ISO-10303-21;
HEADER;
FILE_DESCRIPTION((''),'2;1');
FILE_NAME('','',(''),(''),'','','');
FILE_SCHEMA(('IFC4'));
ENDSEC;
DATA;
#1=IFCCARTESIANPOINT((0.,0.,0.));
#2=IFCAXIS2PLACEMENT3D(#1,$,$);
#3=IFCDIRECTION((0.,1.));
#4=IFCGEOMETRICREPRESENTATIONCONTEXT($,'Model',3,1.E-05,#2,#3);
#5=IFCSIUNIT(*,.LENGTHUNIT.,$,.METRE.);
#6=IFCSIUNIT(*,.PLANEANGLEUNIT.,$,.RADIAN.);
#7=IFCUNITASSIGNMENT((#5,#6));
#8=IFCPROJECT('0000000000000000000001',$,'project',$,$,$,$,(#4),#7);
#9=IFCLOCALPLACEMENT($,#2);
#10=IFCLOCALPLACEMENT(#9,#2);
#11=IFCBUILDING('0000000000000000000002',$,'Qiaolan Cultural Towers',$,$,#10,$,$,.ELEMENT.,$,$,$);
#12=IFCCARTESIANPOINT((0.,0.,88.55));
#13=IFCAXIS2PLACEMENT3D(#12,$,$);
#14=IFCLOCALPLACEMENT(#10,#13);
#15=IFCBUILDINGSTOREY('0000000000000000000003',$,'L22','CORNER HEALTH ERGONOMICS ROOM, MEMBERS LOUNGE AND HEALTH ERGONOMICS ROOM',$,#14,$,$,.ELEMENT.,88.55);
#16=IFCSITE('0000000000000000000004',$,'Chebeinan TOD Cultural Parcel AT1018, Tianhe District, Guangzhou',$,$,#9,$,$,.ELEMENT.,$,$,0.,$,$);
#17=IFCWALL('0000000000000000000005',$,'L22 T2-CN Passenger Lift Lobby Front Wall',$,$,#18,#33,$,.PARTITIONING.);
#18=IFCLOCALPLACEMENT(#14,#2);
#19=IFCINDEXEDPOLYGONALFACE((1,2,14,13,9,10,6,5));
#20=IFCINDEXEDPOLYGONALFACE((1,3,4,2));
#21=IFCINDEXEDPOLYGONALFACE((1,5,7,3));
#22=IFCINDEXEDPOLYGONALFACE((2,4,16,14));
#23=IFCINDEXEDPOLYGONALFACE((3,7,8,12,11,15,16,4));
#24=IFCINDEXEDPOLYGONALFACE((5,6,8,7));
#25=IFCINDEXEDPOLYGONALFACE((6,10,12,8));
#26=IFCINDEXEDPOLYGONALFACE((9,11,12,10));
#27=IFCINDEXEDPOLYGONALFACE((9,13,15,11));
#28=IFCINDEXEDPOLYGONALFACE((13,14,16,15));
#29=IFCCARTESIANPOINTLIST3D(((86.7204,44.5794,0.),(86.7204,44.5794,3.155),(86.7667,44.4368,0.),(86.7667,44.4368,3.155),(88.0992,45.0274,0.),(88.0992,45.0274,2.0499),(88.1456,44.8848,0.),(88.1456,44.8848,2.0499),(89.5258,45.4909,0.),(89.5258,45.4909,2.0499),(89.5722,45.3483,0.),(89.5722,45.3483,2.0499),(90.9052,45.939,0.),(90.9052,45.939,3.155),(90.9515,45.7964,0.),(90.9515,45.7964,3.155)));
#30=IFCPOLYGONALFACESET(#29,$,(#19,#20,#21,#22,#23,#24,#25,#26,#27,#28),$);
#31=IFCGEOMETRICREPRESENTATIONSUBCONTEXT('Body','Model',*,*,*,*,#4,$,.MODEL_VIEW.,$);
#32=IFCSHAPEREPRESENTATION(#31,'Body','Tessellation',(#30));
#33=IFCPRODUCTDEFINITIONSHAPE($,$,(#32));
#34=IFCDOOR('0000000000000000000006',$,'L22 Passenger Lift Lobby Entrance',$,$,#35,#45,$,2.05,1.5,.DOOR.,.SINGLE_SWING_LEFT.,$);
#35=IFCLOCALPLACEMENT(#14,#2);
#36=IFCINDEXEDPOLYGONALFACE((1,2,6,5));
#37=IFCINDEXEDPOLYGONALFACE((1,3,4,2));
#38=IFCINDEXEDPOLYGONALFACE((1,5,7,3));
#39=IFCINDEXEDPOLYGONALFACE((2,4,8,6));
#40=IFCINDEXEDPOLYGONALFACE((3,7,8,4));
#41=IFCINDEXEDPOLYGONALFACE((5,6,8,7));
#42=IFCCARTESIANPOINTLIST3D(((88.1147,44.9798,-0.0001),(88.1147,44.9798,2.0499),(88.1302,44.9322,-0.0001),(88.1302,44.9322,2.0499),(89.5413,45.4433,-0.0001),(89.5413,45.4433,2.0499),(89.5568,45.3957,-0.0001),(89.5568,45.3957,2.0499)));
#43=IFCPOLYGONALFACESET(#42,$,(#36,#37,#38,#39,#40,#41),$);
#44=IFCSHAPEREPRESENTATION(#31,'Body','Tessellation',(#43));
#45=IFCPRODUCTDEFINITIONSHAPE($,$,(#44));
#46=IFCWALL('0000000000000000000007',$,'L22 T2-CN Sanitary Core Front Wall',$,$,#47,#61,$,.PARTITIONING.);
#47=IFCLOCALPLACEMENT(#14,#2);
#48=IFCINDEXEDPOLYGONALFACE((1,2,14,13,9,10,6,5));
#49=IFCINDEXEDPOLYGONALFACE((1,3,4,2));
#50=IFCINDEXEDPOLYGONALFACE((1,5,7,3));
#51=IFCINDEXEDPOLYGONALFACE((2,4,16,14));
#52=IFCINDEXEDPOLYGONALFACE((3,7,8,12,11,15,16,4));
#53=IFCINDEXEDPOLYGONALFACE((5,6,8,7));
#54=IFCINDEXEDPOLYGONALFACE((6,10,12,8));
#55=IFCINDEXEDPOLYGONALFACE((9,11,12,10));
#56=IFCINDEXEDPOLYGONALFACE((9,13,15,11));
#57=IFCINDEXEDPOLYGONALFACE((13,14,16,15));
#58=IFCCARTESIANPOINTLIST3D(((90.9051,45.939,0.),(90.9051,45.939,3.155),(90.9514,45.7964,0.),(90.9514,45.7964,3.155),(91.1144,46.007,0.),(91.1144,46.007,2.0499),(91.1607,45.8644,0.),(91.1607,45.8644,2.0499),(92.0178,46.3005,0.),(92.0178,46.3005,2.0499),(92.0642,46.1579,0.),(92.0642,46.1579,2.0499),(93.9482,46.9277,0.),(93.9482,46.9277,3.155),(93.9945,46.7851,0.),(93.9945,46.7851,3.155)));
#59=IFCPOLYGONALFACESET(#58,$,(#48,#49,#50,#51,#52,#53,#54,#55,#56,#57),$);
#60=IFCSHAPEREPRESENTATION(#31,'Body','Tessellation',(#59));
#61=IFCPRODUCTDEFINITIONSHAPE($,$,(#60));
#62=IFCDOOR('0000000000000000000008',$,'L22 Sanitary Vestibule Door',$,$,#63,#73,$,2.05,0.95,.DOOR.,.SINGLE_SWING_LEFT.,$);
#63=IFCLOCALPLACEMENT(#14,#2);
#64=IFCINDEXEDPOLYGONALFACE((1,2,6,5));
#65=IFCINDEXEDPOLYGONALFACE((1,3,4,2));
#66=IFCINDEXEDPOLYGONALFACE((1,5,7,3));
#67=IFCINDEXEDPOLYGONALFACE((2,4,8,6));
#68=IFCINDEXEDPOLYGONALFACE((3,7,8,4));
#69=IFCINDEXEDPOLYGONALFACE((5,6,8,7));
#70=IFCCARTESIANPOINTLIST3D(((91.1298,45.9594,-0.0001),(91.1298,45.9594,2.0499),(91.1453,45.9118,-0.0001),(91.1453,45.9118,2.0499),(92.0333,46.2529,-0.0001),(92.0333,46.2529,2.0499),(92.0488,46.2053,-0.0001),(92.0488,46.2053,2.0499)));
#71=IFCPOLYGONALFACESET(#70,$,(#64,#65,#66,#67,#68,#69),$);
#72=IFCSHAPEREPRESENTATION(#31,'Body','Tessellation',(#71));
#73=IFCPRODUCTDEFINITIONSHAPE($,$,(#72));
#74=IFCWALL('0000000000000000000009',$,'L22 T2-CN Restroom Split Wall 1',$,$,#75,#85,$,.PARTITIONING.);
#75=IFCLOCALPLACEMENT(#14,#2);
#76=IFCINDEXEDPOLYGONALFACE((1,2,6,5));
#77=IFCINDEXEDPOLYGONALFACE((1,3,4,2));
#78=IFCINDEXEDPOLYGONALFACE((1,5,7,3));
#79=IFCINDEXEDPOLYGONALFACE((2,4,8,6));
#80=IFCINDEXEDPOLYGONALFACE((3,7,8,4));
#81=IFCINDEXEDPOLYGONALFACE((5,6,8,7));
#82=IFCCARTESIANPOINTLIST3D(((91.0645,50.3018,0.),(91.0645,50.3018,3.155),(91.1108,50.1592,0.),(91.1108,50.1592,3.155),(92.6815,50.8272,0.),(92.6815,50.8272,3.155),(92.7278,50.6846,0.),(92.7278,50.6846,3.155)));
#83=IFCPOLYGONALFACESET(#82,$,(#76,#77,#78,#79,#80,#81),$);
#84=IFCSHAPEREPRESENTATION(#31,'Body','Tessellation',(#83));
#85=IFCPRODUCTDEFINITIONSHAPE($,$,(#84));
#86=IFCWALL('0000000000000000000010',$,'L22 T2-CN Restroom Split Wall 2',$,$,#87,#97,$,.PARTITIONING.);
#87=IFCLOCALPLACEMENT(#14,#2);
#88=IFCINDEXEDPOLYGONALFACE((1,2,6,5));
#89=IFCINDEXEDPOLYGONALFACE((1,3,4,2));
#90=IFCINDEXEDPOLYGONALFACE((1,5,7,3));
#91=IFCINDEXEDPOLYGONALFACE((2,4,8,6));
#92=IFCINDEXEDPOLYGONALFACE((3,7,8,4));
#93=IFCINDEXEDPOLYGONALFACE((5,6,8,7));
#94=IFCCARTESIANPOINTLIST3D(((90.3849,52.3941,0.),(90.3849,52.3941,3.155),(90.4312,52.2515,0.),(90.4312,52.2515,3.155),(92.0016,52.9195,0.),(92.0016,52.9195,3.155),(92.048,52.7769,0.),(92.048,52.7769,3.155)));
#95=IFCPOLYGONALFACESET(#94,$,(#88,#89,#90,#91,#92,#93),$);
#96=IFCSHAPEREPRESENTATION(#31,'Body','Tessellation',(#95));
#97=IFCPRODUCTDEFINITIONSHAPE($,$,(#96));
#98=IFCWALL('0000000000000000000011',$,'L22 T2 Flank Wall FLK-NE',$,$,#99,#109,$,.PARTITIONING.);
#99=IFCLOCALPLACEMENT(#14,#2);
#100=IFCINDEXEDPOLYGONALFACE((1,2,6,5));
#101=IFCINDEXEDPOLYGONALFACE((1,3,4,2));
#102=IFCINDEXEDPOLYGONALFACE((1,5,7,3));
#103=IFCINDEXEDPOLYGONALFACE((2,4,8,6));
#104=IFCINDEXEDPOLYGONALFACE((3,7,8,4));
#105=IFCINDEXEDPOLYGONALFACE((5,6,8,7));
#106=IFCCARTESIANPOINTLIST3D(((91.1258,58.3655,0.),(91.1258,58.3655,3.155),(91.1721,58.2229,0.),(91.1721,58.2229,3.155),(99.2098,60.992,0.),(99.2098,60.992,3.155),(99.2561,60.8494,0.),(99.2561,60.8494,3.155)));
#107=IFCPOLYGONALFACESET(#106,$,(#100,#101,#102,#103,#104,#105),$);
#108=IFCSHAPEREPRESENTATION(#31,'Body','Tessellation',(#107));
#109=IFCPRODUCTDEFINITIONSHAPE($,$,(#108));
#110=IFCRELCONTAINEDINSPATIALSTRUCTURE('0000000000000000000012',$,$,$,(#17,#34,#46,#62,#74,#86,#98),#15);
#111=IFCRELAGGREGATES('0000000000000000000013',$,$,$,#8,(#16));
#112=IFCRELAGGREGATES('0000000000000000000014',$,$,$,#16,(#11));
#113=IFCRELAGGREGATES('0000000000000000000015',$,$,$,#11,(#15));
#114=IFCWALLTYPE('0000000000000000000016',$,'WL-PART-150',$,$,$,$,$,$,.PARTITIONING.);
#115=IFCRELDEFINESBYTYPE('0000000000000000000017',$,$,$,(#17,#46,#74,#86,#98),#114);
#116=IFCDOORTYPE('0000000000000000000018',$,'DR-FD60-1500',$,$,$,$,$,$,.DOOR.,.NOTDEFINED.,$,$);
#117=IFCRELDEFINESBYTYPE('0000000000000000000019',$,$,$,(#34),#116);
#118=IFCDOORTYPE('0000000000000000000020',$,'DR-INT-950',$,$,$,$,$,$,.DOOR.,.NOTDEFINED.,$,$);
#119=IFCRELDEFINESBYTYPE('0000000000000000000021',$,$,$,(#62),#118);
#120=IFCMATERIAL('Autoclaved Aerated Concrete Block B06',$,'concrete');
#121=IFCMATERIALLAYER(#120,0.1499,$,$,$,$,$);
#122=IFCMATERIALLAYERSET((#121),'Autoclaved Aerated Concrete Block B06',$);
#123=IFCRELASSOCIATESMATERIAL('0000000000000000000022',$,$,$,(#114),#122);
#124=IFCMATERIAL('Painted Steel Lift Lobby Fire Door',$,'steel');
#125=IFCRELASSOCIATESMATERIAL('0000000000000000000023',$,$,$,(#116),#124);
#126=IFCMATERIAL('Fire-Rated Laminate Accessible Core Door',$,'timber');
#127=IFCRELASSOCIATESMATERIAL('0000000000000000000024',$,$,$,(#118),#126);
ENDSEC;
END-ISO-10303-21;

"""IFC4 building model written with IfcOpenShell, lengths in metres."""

from ifc_helpers import new_model, si_unit, direction, frame, frame_2d, origin, place, context, subcontext, project, spatial, rectangle, extrude, material, layer, layer_set, type_object, element, fill, save


model = new_model("IFC4")

# Units and contexts
model_context = context("Model", 3, precision=1e-05, world=origin(), true_north=direction((0.0, 1.0)))
body_context = subcontext(model_context, "Body", "Model", "MODEL_VIEW")
ifc_project = project(units=[si_unit("LENGTHUNIT", "METRE"), si_unit("PLANEANGLEUNIT", "RADIAN")], contexts=[model_context])

# Site, building, storey
site_placement = place(None, origin())
site = spatial("IfcSite", under=ifc_project, at=site_placement, Name="Chebeinan TOD Cultural Parcel AT1018, Tianhe District, Guangzhou", CompositionType="ELEMENT", RefElevation=0.0)
building_placement = place(site_placement, origin())
building = spatial("IfcBuilding", under=site, at=building_placement, Name="Qiaolan Cultural Towers", CompositionType="ELEMENT")
storey_placement = place(building_placement, frame((0.0, 0.0, 88.55)))
storey = spatial("IfcBuildingStorey", under=building, at=storey_placement, Name="L22", Description="CORNER HEALTH ERGONOMICS ROOM, MEMBERS LOUNGE AND HEALTH ERGONOMICS ROOM", CompositionType="ELEMENT", Elevation=88.55)

# Walls, openings, doors
ifc_material_1 = material(Name="Autoclaved Aerated Concrete Block B06", Category="concrete")
ifc_layer_1 = layer(ifc_material_1, 0.1499)
ifc_layer_set_1 = layer_set([ifc_layer_1], Name="Autoclaved Aerated Concrete Block B06")
wall_type_1 = type_object("IfcWallType", Name="WL-PART-150", PredefinedType="PARTITIONING", material=ifc_layer_set_1)
wall_1_placement = place(storey_placement, frame((86.7434, 44.5081, 0.0), z_axis=(0.0, 0.0, 1.0), x_axis=(0.951064, 0.308994, 0.0)))
wall_1 = element("IfcWall", 1, at=wall_1_placement, inside=storey, type_object=wall_type_1, Name="L22 T2-CN Passenger Lift Lobby Front Wall", PredefinedType="PARTITIONING", context=body_context, shape_type="SweptSolid", body=[
    extrude(rectangle(XDim=4.4001, YDim=0.1499, at=frame_2d((2.2002, 0.0))), origin(), (0.0, 0.0, 1.0), 3.155),
])
opening_1_placement = place(wall_1_placement, frame((1.45, 0.0, 0.0)))
opening_1 = element("IfcOpeningElement", 2, at=opening_1_placement, cuts=wall_1, PredefinedType="OPENING", context=body_context, shape_type="SweptSolid", body=[
    extrude(rectangle(XDim=1.5, YDim=2.05, at=frame_2d((0.75, 1.0249))), frame((0.0, 0.085, 0.0), z_axis=(0.0, -1.0, 0.0), x_axis=(1.0, 0.0, 0.0)), (0.0, 0.0, 1.0), 0.1699),
])
ifc_material_2 = material(Name="Painted Steel Lift Lobby Fire Door", Category="steel")
door_type_1 = type_object("IfcDoorType", Name="DR-FD60-1500", OperationType="NOTDEFINED", PredefinedType="DOOR", material=ifc_material_2)
door_1_placement = place(opening_1_placement, origin())
door_1 = element("IfcDoor", 3, at=door_1_placement, inside=storey, type_object=door_type_1, Name="L22 Passenger Lift Lobby Entrance", OperationType="SINGLE_SWING_LEFT", OverallHeight=2.05, OverallWidth=1.5, PredefinedType="DOOR", context=body_context, shape_type="SweptSolid", body=[
    extrude(rectangle(XDim=1.5, YDim=2.05, at=frame_2d((0.75, 1.0249))), frame((0.0, 0.0249, 0.0), z_axis=(0.0, -1.0, 0.0), x_axis=(1.0, 0.0, 0.0)), (0.0, 0.0, 1.0), 0.05),
])
fill(opening_1, door_1)
wall_2_placement = place(storey_placement, frame((90.9282, 45.8677, 0.0), z_axis=(0.0, 0.0, 1.0), x_axis=(0.951059, 0.309008, 0.0)))
wall_2 = element("IfcWall", 4, at=wall_2_placement, inside=storey, type_object=wall_type_1, Name="L22 T2-CN Sanitary Core Front Wall", PredefinedType="PARTITIONING", context=body_context, shape_type="SweptSolid", body=[
    extrude(rectangle(XDim=3.1997, YDim=0.1499, at=frame_2d((1.5999, 0.0))), origin(), (0.0, 0.0, 1.0), 3.155),
])
opening_2_placement = place(wall_2_placement, frame((0.22, 0.0, 0.0)))
opening_2 = element("IfcOpeningElement", 5, at=opening_2_placement, cuts=wall_2, PredefinedType="OPENING", context=body_context, shape_type="SweptSolid", body=[
    extrude(rectangle(XDim=0.95, YDim=2.05, at=frame_2d((0.4751, 1.0249))), frame((0.0, 0.085, 0.0), z_axis=(0.0, -1.0, 0.0), x_axis=(1.0, 0.0, 0.0)), (0.0, 0.0, 1.0), 0.1699),
])
ifc_material_3 = material(Name="Fire-Rated Laminate Accessible Core Door", Category="timber")
door_type_2 = type_object("IfcDoorType", Name="DR-INT-950", OperationType="NOTDEFINED", PredefinedType="DOOR", material=ifc_material_3)
door_2_placement = place(opening_2_placement, origin())
door_2 = element("IfcDoor", 6, at=door_2_placement, inside=storey, type_object=door_type_2, Name="L22 Sanitary Vestibule Door", OperationType="SINGLE_SWING_LEFT", OverallHeight=2.05, OverallWidth=0.95, PredefinedType="DOOR", context=body_context, shape_type="SweptSolid", body=[
    extrude(rectangle(XDim=0.95, YDim=2.05, at=frame_2d((0.4751, 1.0249))), frame((0.0, 0.0249, 0.0), z_axis=(0.0, -1.0, 0.0), x_axis=(1.0, 0.0, 0.0)), (0.0, 0.0, 1.0), 0.05),
])
fill(opening_2, door_2)

# Walls
wall_3_placement = place(storey_placement, frame((91.0876, 50.2305, 0.0), z_axis=(0.0, 0.0, 1.0), x_axis=(0.951054, 0.309024, 0.0)))
element("IfcWall", 7, at=wall_3_placement, inside=storey, type_object=wall_type_1, Name="L22 T2-CN Restroom Split Wall 1", PredefinedType="PARTITIONING", context=body_context, shape_type="SweptSolid", body=[
    extrude(rectangle(XDim=1.7002, YDim=0.1499, at=frame_2d((0.8501, 0.0))), origin(), (0.0, 0.0, 1.0), 3.155),
])
wall_4_placement = place(storey_placement, frame((90.408, 52.3228, 0.0), z_axis=(0.0, 0.0, 1.0), x_axis=(0.95104, 0.309067, 0.0)))
element("IfcWall", 8, at=wall_4_placement, inside=storey, type_object=wall_type_1, Name="L22 T2-CN Restroom Split Wall 2", PredefinedType="PARTITIONING", context=body_context, shape_type="SweptSolid", body=[
    extrude(rectangle(XDim=1.7, YDim=0.1499, at=frame_2d((0.8501, 0.0))), origin(), (0.0, 0.0, 1.0), 3.155),
])
wall_5_placement = place(storey_placement, frame((91.1489, 58.2942, 0.0), z_axis=(0.0, 0.0, 1.0), x_axis=(0.951063, 0.308998, 0.0)))
element("IfcWall", 9, at=wall_5_placement, inside=storey, type_object=wall_type_1, Name="L22 T2 Flank Wall FLK-NE", PredefinedType="PARTITIONING", context=body_context, shape_type="SweptSolid", body=[
    extrude(rectangle(XDim=8.5, YDim=0.1499, at=frame_2d((4.25, 0.0))), origin(), (0.0, 0.0, 1.0), 3.155),
])

save(model, "model.ifc")
